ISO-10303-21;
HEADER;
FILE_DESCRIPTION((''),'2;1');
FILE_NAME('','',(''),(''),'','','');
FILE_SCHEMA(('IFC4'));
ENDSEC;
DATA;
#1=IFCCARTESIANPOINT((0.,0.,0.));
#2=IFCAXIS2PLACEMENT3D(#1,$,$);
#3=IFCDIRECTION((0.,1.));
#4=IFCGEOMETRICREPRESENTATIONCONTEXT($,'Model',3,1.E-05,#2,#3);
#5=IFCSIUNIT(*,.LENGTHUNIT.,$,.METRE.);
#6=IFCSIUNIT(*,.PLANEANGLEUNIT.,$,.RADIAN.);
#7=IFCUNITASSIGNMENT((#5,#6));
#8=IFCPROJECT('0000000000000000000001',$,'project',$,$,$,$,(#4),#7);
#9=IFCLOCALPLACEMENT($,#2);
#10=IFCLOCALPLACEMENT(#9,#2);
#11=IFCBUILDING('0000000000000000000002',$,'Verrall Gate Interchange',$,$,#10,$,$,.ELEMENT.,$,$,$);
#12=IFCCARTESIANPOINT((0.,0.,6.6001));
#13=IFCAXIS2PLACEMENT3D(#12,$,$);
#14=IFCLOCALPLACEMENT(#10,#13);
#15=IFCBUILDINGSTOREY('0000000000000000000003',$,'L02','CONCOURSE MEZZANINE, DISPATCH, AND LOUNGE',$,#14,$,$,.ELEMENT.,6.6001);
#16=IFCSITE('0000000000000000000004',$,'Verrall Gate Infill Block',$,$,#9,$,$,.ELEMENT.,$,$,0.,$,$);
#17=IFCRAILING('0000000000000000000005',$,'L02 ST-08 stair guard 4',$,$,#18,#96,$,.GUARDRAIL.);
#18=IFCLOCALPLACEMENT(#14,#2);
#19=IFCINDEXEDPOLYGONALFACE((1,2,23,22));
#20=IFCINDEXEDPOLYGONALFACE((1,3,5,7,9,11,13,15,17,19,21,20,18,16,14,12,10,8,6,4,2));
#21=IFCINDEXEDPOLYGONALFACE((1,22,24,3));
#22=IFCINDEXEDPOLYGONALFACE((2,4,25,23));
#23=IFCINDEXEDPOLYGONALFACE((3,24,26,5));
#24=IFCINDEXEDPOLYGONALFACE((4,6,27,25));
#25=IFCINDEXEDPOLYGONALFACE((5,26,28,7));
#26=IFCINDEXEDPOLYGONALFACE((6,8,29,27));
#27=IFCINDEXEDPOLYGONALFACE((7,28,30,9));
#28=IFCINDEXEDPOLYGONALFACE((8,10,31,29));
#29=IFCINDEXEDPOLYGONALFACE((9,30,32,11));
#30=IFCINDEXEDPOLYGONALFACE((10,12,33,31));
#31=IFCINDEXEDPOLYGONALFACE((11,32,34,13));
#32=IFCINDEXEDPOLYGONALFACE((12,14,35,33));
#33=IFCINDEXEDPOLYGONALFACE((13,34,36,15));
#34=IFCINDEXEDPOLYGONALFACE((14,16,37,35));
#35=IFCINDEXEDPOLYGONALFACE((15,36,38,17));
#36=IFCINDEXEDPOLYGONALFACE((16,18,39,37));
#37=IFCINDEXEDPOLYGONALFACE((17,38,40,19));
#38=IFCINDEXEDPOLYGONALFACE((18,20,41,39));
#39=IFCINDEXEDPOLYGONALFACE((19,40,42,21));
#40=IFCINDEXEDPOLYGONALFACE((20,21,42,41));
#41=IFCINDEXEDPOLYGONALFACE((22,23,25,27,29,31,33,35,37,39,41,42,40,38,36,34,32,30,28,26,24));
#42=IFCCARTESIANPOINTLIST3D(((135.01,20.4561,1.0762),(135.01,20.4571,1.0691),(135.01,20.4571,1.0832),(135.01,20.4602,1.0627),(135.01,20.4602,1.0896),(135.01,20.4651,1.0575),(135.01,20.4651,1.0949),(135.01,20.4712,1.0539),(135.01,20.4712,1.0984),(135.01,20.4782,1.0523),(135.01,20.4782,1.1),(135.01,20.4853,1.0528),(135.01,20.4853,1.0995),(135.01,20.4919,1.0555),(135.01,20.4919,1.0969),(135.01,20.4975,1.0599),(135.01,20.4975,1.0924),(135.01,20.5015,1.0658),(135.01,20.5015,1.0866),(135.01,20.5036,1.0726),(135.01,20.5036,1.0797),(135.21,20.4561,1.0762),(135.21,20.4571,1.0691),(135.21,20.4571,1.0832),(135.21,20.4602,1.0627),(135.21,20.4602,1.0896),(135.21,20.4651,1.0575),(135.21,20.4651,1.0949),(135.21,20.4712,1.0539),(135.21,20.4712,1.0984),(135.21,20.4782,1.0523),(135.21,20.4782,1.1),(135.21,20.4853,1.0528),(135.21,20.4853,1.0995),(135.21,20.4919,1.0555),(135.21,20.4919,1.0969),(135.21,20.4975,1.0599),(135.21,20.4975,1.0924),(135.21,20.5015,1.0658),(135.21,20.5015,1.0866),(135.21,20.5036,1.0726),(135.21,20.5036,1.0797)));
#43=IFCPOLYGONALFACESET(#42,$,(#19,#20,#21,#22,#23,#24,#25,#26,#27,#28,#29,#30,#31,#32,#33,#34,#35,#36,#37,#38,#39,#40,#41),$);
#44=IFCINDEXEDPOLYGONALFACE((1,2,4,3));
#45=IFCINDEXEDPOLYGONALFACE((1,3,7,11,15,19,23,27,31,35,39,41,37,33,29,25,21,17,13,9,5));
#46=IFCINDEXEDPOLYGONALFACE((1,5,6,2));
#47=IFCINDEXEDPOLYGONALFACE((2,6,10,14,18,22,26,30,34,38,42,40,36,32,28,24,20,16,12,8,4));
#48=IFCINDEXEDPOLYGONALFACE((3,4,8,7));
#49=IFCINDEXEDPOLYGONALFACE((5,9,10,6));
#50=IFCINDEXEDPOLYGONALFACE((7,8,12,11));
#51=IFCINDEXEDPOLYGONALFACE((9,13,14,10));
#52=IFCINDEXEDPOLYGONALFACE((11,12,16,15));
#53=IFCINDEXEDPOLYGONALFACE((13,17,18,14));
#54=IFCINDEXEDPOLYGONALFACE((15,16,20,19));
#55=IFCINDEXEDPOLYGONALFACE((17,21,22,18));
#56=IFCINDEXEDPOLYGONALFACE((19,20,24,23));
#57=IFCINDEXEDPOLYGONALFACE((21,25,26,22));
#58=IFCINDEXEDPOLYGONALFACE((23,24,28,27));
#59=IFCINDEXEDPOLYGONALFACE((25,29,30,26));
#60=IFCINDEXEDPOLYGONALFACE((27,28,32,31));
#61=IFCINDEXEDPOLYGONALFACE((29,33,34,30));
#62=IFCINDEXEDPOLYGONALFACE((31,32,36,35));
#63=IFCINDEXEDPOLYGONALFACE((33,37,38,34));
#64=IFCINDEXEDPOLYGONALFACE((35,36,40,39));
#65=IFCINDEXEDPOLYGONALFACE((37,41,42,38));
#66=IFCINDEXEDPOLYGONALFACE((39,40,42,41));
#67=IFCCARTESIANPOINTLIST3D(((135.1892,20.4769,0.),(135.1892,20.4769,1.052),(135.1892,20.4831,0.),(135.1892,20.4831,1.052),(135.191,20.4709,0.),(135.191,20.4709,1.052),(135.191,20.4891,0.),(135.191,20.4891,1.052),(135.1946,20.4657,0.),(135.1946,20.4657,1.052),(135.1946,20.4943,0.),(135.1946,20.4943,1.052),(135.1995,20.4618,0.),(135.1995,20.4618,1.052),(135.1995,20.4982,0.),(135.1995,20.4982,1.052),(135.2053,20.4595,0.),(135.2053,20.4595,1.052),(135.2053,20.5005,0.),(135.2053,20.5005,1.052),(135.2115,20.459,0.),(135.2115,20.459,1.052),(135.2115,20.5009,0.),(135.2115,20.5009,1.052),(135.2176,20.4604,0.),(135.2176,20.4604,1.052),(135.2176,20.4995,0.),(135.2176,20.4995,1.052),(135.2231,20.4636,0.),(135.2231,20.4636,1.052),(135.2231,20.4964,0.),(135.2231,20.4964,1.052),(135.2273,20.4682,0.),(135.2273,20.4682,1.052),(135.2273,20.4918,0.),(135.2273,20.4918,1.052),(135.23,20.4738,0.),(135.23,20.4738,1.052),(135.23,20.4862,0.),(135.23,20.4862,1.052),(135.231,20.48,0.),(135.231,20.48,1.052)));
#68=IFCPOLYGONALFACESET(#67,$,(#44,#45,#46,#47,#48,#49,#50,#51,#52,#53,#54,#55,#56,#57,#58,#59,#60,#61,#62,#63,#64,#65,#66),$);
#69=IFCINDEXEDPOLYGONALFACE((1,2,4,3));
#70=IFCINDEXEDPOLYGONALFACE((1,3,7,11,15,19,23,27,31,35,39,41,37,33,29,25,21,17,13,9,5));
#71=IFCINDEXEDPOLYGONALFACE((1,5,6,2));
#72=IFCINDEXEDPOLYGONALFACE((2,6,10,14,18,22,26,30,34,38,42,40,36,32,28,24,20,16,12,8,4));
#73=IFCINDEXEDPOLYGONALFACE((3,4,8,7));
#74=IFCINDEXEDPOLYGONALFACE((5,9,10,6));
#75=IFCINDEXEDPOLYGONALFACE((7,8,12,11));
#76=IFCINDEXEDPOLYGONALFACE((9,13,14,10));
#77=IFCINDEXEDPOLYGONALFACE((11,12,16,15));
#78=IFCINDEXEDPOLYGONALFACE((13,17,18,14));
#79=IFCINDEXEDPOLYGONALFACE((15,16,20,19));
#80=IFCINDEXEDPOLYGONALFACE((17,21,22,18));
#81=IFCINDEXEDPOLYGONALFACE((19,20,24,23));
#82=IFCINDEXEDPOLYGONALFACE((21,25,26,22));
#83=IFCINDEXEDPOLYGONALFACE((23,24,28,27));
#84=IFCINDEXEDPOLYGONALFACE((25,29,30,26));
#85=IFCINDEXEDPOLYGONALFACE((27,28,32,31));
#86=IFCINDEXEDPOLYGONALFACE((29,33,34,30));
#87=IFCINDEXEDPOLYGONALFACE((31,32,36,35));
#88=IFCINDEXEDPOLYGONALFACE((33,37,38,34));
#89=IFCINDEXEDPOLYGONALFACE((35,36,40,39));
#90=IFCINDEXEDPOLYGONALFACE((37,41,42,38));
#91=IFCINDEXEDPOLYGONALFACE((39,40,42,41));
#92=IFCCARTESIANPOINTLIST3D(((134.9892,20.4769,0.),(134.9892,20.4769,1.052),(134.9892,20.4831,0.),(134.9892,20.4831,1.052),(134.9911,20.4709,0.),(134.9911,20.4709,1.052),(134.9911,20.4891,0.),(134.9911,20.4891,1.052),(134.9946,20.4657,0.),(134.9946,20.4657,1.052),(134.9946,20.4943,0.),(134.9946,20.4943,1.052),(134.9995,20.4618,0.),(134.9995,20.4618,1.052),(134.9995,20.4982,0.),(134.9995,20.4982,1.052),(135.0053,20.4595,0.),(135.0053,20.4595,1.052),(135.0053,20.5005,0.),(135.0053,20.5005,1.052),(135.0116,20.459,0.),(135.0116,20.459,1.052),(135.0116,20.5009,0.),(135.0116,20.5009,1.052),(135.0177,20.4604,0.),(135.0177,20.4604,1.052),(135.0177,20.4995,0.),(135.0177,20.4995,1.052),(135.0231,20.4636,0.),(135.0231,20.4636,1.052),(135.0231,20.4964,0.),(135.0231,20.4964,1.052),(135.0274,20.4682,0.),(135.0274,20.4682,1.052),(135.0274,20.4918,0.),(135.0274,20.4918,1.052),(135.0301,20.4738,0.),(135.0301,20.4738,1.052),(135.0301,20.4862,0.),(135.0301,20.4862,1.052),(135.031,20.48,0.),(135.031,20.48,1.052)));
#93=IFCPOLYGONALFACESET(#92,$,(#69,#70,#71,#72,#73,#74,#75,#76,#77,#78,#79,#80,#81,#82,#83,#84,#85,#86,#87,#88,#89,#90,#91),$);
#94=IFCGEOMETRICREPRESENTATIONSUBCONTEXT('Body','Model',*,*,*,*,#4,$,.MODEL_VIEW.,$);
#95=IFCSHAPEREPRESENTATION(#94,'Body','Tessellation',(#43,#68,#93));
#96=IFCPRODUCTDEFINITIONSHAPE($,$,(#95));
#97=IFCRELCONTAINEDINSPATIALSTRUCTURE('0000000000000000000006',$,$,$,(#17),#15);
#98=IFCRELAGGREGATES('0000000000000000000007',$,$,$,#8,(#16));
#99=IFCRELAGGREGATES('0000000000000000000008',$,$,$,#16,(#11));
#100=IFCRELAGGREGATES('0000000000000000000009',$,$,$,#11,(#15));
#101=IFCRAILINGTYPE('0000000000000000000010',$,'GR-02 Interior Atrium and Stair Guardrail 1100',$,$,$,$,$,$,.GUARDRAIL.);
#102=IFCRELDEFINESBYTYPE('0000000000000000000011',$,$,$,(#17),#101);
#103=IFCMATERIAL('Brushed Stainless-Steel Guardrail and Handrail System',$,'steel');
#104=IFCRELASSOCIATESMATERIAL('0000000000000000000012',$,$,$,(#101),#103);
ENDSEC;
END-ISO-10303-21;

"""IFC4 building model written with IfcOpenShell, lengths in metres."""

from ifc_helpers import new_model, si_unit, direction, frame, origin, origin_2d, place, context, subcontext, project, spatial, circle, extrude, material, type_object, element, save


model = new_model("IFC4")

# Units and contexts
model_context = context("Model", 3, precision=1e-05, world=origin(), true_north=direction((0.0, 1.0)))
body_context = subcontext(model_context, "Body", "Model", "MODEL_VIEW")
ifc_project = project(units=[si_unit("LENGTHUNIT", "METRE"), si_unit("PLANEANGLEUNIT", "RADIAN")], contexts=[model_context])

# Site, building, storey
site_placement = place(None, origin())
site = spatial("IfcSite", under=ifc_project, at=site_placement, Name="Verrall Gate Infill Block", CompositionType="ELEMENT", RefElevation=0.0)
building_placement = place(site_placement, origin())
building = spatial("IfcBuilding", under=site, at=building_placement, Name="Verrall Gate Interchange", CompositionType="ELEMENT")
storey_placement = place(building_placement, frame((0.0, 0.0, 6.6001)))
storey = spatial("IfcBuildingStorey", under=building, at=storey_placement, Name="L02", Description="CONCOURSE MEZZANINE, DISPATCH, AND LOUNGE", CompositionType="ELEMENT", Elevation=6.6001)

# Railing
ifc_material_1 = material(Name="Brushed Stainless-Steel Guardrail and Handrail System", Category="steel")
railing_type_1 = type_object("IfcRailingType", Name="GR-02 Interior Atrium and Stair Guardrail 1100", PredefinedType="GUARDRAIL", material=ifc_material_1)
railing_1_placement = place(storey_placement, frame((135.21, 20.48, 0.0)))
element("IfcRailing", 1, at=railing_1_placement, inside=storey, type_object=railing_type_1, Name="L02 ST-08 stair guard 4", PredefinedType="GUARDRAIL", context=body_context, shape_type="SweptSolid", body=[
    extrude(circle(Radius=0.0239, at=origin_2d()), frame((0.0, 0.0, 1.0762), z_axis=(-1.0, 0.0, 0.0), x_axis=(0.0, -1.0, 0.0)), (0.0, 0.0, 1.0), 0.2),
    extrude(circle(Radius=0.021, at=origin_2d()), origin(), (0.0, 0.0, 1.0), 1.052),
    extrude(circle(Radius=0.021, at=origin_2d()), frame((-0.2, 0.0, 0.0)), (0.0, 0.0, 1.0), 1.052),
])

save(model, "model.ifc")
